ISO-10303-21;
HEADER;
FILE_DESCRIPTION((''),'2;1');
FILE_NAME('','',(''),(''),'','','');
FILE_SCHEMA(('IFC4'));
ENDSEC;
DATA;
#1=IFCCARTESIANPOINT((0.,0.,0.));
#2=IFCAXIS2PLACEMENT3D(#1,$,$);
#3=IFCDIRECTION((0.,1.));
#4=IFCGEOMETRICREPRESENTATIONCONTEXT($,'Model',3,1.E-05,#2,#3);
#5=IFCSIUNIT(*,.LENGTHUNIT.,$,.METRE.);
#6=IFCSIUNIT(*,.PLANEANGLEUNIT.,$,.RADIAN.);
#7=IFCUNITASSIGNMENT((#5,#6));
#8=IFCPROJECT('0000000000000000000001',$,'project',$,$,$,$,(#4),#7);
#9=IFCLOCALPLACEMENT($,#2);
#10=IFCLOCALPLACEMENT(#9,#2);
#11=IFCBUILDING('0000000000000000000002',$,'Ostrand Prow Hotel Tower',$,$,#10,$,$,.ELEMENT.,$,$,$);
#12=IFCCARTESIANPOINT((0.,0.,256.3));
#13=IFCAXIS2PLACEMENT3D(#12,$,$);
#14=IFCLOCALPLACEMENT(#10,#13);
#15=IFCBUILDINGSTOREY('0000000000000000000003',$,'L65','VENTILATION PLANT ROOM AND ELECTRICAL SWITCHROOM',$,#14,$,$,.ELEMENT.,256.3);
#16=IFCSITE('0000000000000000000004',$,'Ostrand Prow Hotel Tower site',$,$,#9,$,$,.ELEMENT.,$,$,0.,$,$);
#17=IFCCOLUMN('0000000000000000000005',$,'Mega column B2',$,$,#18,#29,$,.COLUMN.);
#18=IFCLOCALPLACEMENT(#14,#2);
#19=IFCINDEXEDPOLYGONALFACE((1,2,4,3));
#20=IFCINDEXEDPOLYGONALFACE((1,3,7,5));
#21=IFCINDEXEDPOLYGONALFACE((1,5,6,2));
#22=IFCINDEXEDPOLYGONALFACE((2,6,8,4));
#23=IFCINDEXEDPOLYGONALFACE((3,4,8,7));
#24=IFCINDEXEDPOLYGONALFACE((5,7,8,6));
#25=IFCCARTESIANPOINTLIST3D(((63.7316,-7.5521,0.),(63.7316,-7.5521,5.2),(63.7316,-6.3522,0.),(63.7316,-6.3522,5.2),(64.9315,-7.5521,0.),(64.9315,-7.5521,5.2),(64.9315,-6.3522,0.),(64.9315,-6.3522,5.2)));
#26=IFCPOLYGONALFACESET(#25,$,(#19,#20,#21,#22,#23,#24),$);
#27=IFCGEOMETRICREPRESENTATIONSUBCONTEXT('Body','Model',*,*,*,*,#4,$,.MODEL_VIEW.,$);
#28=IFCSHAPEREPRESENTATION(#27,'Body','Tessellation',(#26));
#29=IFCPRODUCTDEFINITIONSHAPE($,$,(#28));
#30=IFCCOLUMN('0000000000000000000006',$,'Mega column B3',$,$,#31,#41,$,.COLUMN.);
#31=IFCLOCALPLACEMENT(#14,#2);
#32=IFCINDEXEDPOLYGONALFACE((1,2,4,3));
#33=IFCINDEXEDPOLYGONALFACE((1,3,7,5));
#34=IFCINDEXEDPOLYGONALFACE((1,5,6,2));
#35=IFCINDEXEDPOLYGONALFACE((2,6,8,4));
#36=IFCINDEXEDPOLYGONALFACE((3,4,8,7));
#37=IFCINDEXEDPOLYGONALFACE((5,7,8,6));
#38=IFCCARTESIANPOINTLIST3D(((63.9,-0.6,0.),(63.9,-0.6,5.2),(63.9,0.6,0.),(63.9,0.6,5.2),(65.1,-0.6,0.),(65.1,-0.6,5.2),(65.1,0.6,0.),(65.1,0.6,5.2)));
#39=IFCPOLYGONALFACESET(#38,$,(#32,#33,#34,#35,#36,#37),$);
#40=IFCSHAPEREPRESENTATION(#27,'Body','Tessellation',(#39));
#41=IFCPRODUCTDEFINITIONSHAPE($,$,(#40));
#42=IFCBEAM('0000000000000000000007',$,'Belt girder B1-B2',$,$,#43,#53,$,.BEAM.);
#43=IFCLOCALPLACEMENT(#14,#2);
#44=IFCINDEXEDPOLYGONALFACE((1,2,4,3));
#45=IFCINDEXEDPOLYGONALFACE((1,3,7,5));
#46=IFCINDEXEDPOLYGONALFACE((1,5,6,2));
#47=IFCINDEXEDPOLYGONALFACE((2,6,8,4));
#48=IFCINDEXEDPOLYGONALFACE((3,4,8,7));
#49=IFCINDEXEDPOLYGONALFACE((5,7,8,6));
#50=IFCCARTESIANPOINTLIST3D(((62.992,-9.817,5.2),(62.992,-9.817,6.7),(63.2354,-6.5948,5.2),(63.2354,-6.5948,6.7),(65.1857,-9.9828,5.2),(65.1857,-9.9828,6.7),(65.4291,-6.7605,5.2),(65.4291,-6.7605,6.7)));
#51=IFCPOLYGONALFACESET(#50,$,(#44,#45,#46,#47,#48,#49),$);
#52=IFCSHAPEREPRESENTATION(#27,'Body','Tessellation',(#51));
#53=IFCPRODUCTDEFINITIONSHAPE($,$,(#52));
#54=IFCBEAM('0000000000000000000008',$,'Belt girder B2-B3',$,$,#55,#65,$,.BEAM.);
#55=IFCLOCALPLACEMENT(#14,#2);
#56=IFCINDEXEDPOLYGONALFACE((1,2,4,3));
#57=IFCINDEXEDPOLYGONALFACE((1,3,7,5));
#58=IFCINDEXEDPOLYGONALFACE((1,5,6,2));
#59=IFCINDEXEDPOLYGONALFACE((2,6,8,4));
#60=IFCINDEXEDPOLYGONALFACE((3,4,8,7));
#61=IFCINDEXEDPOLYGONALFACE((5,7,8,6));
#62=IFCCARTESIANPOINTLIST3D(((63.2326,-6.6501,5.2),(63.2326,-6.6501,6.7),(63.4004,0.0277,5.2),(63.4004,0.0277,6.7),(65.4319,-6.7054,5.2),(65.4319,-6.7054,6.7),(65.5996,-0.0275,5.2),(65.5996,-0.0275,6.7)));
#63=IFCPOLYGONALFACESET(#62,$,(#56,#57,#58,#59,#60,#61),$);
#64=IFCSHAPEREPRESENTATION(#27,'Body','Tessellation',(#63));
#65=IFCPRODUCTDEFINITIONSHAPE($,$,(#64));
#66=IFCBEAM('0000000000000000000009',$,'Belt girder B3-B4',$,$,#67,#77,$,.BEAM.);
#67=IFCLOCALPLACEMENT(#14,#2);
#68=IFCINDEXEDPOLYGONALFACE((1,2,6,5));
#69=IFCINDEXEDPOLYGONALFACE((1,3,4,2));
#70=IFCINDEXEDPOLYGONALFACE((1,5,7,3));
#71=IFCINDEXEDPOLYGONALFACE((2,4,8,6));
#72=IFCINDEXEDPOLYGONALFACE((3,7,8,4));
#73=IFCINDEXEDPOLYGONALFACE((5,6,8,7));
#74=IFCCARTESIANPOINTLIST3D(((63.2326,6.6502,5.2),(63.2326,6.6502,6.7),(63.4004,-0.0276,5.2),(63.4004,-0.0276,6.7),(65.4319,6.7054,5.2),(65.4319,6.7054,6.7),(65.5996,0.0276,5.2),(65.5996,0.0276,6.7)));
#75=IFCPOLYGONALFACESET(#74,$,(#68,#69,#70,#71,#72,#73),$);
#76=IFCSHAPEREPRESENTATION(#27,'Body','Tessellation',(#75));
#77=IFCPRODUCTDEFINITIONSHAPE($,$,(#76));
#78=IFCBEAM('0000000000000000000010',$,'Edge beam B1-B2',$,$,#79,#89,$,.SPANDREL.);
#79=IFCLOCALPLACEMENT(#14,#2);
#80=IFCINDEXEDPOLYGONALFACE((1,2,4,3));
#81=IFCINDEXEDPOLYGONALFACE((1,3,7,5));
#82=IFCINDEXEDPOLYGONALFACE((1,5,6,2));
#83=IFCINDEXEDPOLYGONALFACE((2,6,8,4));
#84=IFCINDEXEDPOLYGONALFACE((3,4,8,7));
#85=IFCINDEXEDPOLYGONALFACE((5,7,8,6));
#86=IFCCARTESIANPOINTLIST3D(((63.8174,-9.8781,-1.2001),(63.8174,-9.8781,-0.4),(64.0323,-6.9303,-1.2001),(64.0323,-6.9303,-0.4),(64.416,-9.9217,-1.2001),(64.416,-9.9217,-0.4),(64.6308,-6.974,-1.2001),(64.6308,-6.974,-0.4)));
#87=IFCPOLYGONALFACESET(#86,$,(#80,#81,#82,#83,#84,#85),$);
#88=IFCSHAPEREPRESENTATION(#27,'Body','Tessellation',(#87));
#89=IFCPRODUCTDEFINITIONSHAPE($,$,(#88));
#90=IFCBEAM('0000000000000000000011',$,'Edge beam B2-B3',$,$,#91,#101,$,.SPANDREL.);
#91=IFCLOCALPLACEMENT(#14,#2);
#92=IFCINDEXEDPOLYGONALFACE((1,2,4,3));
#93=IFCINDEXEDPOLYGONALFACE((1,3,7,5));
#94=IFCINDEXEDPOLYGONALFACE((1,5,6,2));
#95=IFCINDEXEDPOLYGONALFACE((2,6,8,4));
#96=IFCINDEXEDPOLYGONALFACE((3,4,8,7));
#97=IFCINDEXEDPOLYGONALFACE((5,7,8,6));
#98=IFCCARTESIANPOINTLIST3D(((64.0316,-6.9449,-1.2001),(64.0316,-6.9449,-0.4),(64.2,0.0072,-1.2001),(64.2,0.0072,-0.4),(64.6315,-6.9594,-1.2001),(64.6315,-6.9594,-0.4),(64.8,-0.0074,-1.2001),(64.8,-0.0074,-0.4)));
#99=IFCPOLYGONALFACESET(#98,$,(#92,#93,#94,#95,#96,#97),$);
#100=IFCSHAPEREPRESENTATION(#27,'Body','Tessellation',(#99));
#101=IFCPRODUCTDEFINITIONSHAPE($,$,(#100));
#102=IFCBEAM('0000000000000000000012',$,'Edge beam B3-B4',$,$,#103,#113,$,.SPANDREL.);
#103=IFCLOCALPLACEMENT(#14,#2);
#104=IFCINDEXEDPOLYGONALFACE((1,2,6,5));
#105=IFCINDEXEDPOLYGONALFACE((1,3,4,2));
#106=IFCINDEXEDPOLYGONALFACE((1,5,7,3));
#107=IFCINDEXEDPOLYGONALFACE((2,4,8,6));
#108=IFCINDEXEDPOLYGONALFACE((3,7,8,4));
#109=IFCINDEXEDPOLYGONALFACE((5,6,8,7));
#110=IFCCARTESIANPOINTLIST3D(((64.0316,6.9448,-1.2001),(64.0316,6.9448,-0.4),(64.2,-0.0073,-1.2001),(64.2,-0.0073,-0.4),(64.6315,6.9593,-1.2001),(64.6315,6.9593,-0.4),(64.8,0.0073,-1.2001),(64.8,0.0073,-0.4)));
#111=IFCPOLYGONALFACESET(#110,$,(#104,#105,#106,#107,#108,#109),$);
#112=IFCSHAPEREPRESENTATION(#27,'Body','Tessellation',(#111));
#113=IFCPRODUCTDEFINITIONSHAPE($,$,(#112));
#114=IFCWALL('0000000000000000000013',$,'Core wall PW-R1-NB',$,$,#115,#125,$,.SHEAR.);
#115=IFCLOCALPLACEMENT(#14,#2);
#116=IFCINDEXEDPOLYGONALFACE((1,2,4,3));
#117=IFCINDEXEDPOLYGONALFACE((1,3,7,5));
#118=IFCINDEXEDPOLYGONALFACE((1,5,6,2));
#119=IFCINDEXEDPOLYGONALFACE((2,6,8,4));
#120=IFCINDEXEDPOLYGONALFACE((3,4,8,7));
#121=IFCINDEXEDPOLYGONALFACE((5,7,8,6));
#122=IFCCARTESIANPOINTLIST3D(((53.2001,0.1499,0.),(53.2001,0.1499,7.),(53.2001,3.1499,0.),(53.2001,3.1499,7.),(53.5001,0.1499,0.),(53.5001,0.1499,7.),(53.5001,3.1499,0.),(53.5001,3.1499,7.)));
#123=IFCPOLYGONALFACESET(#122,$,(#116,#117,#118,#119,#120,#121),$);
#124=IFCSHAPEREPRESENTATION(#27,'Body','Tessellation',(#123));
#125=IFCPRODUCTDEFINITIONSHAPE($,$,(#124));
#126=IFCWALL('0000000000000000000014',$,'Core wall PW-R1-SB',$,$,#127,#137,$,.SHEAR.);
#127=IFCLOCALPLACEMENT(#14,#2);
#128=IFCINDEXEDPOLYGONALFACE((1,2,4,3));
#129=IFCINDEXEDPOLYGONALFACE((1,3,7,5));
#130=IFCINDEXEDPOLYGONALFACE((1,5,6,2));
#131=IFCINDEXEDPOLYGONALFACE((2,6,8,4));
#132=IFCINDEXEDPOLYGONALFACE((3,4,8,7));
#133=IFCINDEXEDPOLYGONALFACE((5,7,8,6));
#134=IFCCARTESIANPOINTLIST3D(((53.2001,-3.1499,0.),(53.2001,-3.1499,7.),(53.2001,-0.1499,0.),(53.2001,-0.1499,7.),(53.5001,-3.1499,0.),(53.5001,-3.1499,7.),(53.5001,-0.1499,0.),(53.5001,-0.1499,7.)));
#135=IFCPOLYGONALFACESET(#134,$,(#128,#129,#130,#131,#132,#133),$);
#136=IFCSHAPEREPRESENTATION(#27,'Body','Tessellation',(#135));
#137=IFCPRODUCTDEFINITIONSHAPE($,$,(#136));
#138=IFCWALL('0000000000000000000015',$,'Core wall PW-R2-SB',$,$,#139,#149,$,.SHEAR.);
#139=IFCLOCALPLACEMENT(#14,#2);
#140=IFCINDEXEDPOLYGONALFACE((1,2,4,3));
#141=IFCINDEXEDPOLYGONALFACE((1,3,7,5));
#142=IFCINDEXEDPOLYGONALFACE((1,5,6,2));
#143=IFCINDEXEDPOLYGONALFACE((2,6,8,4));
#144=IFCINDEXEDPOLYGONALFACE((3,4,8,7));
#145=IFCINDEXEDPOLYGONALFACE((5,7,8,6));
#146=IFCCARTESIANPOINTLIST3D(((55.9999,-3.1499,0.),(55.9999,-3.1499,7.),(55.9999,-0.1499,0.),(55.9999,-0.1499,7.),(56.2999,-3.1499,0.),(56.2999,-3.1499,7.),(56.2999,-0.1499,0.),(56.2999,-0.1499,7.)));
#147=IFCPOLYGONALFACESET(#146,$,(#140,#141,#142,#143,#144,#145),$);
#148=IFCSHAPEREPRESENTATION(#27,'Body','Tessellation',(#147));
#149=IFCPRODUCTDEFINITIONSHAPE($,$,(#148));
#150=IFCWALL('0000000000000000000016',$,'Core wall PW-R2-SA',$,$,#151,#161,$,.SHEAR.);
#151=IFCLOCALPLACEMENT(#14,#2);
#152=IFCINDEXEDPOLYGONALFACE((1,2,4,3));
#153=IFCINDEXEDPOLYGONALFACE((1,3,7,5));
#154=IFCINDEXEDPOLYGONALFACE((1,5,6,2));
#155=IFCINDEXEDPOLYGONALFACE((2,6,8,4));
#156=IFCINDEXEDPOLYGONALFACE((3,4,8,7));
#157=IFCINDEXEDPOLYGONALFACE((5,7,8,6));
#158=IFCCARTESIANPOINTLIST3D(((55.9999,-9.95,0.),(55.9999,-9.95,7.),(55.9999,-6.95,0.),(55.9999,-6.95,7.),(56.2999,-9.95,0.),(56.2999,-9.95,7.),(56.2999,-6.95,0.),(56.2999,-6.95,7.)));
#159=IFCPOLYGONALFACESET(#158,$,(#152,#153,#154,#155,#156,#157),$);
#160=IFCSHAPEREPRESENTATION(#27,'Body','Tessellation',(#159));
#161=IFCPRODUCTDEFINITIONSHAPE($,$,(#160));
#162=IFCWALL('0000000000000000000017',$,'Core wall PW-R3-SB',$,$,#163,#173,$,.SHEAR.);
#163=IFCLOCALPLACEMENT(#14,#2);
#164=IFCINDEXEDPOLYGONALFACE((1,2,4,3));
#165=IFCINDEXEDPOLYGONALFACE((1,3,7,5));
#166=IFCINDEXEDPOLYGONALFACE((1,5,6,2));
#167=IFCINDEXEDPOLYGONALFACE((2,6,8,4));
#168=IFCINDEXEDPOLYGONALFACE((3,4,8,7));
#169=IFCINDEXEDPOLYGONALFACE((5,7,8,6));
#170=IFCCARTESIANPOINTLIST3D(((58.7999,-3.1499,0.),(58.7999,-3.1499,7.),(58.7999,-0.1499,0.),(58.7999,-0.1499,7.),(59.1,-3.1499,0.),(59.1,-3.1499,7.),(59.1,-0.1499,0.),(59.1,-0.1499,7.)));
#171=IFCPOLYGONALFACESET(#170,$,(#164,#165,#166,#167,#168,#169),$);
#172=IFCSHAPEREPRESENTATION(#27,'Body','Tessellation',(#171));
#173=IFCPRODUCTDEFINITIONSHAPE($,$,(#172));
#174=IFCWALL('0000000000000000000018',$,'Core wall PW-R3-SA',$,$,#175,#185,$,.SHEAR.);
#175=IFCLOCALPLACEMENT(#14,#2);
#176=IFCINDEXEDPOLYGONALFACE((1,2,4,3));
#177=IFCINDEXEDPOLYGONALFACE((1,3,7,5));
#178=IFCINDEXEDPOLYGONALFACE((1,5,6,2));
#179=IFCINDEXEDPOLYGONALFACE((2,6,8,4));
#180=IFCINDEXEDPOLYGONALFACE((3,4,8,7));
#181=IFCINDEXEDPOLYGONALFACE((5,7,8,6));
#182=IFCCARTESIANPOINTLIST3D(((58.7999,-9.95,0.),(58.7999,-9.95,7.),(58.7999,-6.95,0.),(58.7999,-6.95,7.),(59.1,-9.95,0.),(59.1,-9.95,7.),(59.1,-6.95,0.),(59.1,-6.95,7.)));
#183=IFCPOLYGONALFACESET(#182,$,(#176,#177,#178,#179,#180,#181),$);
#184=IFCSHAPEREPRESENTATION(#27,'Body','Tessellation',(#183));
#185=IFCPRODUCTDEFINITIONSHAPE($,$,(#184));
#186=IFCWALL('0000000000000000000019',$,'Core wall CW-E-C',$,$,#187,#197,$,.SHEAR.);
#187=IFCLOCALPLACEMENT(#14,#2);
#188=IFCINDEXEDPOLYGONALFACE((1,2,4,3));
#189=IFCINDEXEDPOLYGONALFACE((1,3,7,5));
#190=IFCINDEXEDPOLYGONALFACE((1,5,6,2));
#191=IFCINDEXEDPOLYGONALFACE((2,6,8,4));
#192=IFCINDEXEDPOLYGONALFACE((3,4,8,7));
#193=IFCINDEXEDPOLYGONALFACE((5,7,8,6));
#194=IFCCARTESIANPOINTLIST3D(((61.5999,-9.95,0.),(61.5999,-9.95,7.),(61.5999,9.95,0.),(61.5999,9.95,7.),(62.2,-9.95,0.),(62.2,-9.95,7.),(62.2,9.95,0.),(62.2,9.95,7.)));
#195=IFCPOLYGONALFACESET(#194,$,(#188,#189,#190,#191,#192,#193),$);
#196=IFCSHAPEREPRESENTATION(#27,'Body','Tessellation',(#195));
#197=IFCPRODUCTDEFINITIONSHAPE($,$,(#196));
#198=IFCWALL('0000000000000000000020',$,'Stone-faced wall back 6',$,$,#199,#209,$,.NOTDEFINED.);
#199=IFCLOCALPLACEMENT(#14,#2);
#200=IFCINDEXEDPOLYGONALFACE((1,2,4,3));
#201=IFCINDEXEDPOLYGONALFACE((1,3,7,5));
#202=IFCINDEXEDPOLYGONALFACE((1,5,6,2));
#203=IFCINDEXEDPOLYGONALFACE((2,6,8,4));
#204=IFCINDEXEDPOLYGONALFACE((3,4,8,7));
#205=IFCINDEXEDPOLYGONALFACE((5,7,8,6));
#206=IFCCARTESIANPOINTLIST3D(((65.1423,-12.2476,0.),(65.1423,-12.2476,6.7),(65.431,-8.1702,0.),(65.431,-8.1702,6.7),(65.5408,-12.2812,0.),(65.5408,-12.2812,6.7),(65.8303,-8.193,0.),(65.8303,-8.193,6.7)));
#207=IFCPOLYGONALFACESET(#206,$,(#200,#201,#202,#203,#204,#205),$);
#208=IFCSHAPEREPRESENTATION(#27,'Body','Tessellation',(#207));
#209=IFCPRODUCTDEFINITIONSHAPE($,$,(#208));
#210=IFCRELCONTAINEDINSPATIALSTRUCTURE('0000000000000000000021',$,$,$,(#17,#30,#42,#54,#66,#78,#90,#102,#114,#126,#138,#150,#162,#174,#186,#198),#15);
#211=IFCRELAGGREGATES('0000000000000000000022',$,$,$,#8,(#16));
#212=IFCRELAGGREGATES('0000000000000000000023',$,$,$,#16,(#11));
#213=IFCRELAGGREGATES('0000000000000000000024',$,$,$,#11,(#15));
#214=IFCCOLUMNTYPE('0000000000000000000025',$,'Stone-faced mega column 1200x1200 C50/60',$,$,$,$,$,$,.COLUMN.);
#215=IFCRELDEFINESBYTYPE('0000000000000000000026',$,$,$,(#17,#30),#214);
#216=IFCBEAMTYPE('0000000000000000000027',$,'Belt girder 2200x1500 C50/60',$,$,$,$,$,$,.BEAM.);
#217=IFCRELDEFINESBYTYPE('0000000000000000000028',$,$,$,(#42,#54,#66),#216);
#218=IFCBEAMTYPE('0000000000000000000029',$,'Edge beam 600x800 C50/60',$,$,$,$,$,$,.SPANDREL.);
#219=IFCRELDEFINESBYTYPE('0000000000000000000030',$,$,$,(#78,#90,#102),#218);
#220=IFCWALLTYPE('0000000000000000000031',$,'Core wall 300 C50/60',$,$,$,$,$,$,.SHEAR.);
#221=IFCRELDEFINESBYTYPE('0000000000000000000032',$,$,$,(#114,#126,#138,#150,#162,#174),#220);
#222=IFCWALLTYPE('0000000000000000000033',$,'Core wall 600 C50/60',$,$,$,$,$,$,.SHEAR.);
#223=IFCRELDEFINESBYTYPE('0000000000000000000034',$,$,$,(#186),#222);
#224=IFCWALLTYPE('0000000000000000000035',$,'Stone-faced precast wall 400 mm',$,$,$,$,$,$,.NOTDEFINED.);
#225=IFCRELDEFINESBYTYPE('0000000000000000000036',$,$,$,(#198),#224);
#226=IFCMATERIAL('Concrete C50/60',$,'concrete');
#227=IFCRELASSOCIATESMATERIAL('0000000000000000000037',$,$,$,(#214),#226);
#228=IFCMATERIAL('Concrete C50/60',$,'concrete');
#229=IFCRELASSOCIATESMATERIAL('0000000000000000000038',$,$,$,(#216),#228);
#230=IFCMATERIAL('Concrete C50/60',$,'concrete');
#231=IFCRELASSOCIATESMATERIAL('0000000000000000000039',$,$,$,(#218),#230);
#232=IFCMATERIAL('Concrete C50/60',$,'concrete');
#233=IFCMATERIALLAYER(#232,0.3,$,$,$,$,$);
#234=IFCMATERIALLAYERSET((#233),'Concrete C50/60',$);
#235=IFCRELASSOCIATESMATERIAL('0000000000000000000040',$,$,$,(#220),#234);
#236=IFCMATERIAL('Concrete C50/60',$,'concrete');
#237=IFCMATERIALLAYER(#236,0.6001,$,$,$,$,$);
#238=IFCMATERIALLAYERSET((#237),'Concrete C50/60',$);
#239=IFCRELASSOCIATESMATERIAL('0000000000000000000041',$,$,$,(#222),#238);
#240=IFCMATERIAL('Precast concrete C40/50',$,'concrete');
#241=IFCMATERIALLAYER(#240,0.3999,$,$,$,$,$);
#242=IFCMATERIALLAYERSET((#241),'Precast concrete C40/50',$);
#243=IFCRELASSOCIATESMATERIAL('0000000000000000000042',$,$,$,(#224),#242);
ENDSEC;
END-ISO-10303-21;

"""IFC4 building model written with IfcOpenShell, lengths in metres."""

from ifc_helpers import new_model, si_unit, direction, frame, frame_2d, origin, origin_2d, place, context, subcontext, project, spatial, polyline, rectangle, outline, extrude, material, layer, layer_set, material_profile, profile_set, type_object, element, save


model = new_model("IFC4")

# Units and contexts
model_context = context("Model", 3, precision=1e-05, world=origin(), true_north=direction((0.0, 1.0)))
body_context = subcontext(model_context, "Body", "Model", "MODEL_VIEW")
ifc_project = project(units=[si_unit("LENGTHUNIT", "METRE"), si_unit("PLANEANGLEUNIT", "RADIAN")], contexts=[model_context])

# Site, building, storey
site_placement = place(None, origin())
site = spatial("IfcSite", under=ifc_project, at=site_placement, Name="Ostrand Prow Hotel Tower site", CompositionType="ELEMENT", RefElevation=0.0)
building_placement = place(site_placement, origin())
building = spatial("IfcBuilding", under=site, at=building_placement, Name="Ostrand Prow Hotel Tower", CompositionType="ELEMENT")
storey_placement = place(building_placement, frame((0.0, 0.0, 256.3)))
storey = spatial("IfcBuildingStorey", under=building, at=storey_placement, Name="L65", Description="VENTILATION PLANT ROOM AND ELECTRICAL SWITCHROOM", CompositionType="ELEMENT", Elevation=256.3)

# Columns
ifc_material_1 = material(Name="Concrete C50/60", Category="concrete")
ifc_material_profile_1 = material_profile(ifc_material_1, rectangle(XDim=1.2, YDim=1.2, at=origin_2d()), Name="RC 1200x1200")
ifc_profile_set_1 = profile_set([ifc_material_profile_1], Name="Concrete C50/60")
column_type = type_object("IfcColumnType", Name="Stone-faced mega column 1200x1200 C50/60", PredefinedType="COLUMN", material=ifc_profile_set_1)
for number, where, z_axis, x_axis, name in (
    (1, (64.3315, -6.9521, 0.0), (0.0, 0.0, 1.0), (1.0, 0.0, 0.0), "Mega column B2"),
    (2, (64.5, 0.0, 0.0), (0.0, 0.0, 1.0), (1.0, 0.0, 0.0), "Mega column B3"),
):
    element("IfcColumn", number, at=place(storey_placement, frame(where, z_axis=z_axis, x_axis=x_axis)), inside=storey, type_object=column_type, Name=name, PredefinedType="COLUMN", context=body_context, shape_type="SweptSolid", body=[
        extrude(rectangle(XDim=1.2, YDim=1.2, at=origin_2d()), origin(), (0.0, 0.0, 1.0), 5.2),
    ])

# Beams
ifc_material_2 = material(Name="Concrete C50/60", Category="concrete")
ifc_material_profile_2 = material_profile(ifc_material_2, rectangle(XDim=2.2, YDim=1.5, at=origin_2d()), Name="RC 2200x1500")
ifc_profile_set_2 = profile_set([ifc_material_profile_2], Name="Concrete C50/60")
beam_type_1 = type_object("IfcBeamType", Name="Belt girder 2200x1500 C50/60", PredefinedType="BEAM", material=ifc_profile_set_2)
beam_1_placement = place(storey_placement, frame((64.0889, -9.8999, 5.95), z_axis=(0.075327, 0.997159, 0.0), x_axis=(-0.997159, 0.075327, 0.0)))
element("IfcBeam", 3, at=beam_1_placement, inside=storey, type_object=beam_type_1, Name="Belt girder B1-B2", PredefinedType="BEAM", context=body_context, shape_type="SweptSolid", body=[
    extrude(rectangle(XDim=2.2, YDim=1.5, at=origin_2d()), origin(), (0.0, 0.0, 1.0), 3.2314),
])
for number, where, z_axis, x_axis, name in (
    (4, (64.3323, -6.6777, 5.95), (0.025109, 0.999685, 0.0), (-0.999685, 0.025109, 0.0), "Belt girder B2-B3"),
    (5, (64.5, 0.0, 5.95), (-0.025109, 0.999685, 0.0), (-0.999685, -0.025109, 0.0), "Belt girder B3-B4"),
):
    element("IfcBeam", number, at=place(storey_placement, frame(where, z_axis=z_axis, x_axis=x_axis)), inside=storey, type_object=beam_type_1, Name=name, PredefinedType="BEAM", context=body_context, shape_type="SweptSolid", body=[
        extrude(rectangle(XDim=2.2, YDim=1.5, at=origin_2d()), origin(), (0.0, 0.0, 1.0), 6.6799),
    ])
ifc_material_3 = material(Name="Concrete C50/60", Category="concrete")
ifc_material_profile_3 = material_profile(ifc_material_3, rectangle(XDim=0.6001, YDim=0.8, at=origin_2d()), Name="RC 600x800")
ifc_profile_set_3 = profile_set([ifc_material_profile_3], Name="Concrete C50/60")
beam_type_2 = type_object("IfcBeamType", Name="Edge beam 600x800 C50/60", PredefinedType="SPANDREL", material=ifc_profile_set_3)
beam_2_placement = place(storey_placement, frame((64.1167, -9.8999, -0.8), z_axis=(0.072691, 0.997355, 0.0), x_axis=(-0.997355, 0.072691, 0.0)))
element("IfcBeam", 6, at=beam_2_placement, inside=storey, type_object=beam_type_2, Name="Edge beam B1-B2", PredefinedType="SPANDREL", context=body_context, shape_type="SweptSolid", body=[
    extrude(rectangle(XDim=0.6001, YDim=0.8, at=origin_2d()), origin(), (0.0, 0.0, 1.0), 2.9556),
])
for number, where, z_axis, x_axis, name in (
    (7, (64.3315, -6.9521, -0.8), (0.024224, 0.999707, 0.0), (-0.999707, 0.024224, 0.0), "Edge beam B2-B3"),
    (8, (64.5, 0.0, -0.8), (-0.024224, 0.999707, 0.0), (-0.999707, -0.024224, 0.0), "Edge beam B3-B4"),
):
    element("IfcBeam", number, at=place(storey_placement, frame(where, z_axis=z_axis, x_axis=x_axis)), inside=storey, type_object=beam_type_2, Name=name, PredefinedType="SPANDREL", context=body_context, shape_type="SweptSolid", body=[
        extrude(rectangle(XDim=0.6001, YDim=0.8, at=origin_2d()), origin(), (0.0, 0.0, 1.0), 6.9541),
    ])

# Walls
ifc_material_4 = material(Name="Concrete C50/60", Category="concrete")
ifc_layer_1 = layer(ifc_material_4, 0.3)
ifc_layer_set_1 = layer_set([ifc_layer_1], Name="Concrete C50/60")
wall_type_1 = type_object("IfcWallType", Name="Core wall 300 C50/60", PredefinedType="SHEAR", material=ifc_layer_set_1)
for number, where, z_axis, x_axis, name in (
    (9, (53.3501, 0.1499, 0.0), (0.0, 0.0, 1.0), (0.0, 1.0, 0.0), "Core wall PW-R1-NB"),
    (10, (53.3501, -3.1499, 0.0), (0.0, 0.0, 1.0), (0.0, 1.0, 0.0), "Core wall PW-R1-SB"),
    (11, (56.1499, -3.1499, 0.0), (0.0, 0.0, 1.0), (0.0, 1.0, 0.0), "Core wall PW-R2-SB"),
    (12, (56.1499, -9.95, 0.0), (0.0, 0.0, 1.0), (0.0, 1.0, 0.0), "Core wall PW-R2-SA"),
    (13, (58.95, -3.1499, 0.0), (0.0, 0.0, 1.0), (0.0, 1.0, 0.0), "Core wall PW-R3-SB"),
    (14, (58.95, -9.95, 0.0), (0.0, 0.0, 1.0), (0.0, 1.0, 0.0), "Core wall PW-R3-SA"),
):
    element("IfcWall", number, at=place(storey_placement, frame(where, z_axis=z_axis, x_axis=x_axis)), inside=storey, type_object=wall_type_1, Name=name, PredefinedType="SHEAR", context=body_context, shape_type="SweptSolid", body=[
        extrude(rectangle(XDim=3.0, YDim=0.3, at=frame_2d((1.5, 0.0))), origin(), (0.0, 0.0, 1.0), 7.0),
    ])
ifc_material_5 = material(Name="Concrete C50/60", Category="concrete")
ifc_layer_2 = layer(ifc_material_5, 0.6001)
ifc_layer_set_2 = layer_set([ifc_layer_2], Name="Concrete C50/60")
wall_type_2 = type_object("IfcWallType", Name="Core wall 600 C50/60", PredefinedType="SHEAR", material=ifc_layer_set_2)
wall_1_placement = place(storey_placement, frame((61.8999, -9.95, 0.0), z_axis=(0.0, 0.0, 1.0), x_axis=(0.0, 1.0, 0.0)))
element("IfcWall", 15, at=wall_1_placement, inside=storey, type_object=wall_type_2, Name="Core wall CW-E-C", PredefinedType="SHEAR", context=body_context, shape_type="SweptSolid", body=[
    extrude(rectangle(XDim=19.8999, YDim=0.6001, at=frame_2d((9.95, 0.0))), origin(), (0.0, 0.0, 1.0), 7.0),
])
ifc_material_6 = material(Name="Precast concrete C40/50", Category="concrete")
ifc_layer_3 = layer(ifc_material_6, 0.3999)
ifc_layer_set_3 = layer_set([ifc_layer_3], Name="Precast concrete C40/50")
wall_type_3 = type_object("IfcWallType", Name="Stone-faced precast wall 400 mm", PredefinedType="NOTDEFINED", material=ifc_layer_set_3)
wall_2_placement = place(storey_placement, frame((65.3416, -12.2644, 0.0), z_axis=(0.0, 0.0, 1.0), x_axis=(0.070624, 0.997503, 0.0)))
element("IfcWall", 16, at=wall_2_placement, inside=storey, type_object=wall_type_3, Name="Stone-faced wall back 6", PredefinedType="NOTDEFINED", context=body_context, shape_type="SweptSolid", body=[
    extrude(outline(polyline([(-0.0027, -0.2), (4.0957, -0.2), (4.0903, 0.2), (0.0027, 0.2), (-0.0027, -0.2)])), origin(), (0.0, 0.0, 1.0), 6.7),
])

save(model, "model.ifc")
